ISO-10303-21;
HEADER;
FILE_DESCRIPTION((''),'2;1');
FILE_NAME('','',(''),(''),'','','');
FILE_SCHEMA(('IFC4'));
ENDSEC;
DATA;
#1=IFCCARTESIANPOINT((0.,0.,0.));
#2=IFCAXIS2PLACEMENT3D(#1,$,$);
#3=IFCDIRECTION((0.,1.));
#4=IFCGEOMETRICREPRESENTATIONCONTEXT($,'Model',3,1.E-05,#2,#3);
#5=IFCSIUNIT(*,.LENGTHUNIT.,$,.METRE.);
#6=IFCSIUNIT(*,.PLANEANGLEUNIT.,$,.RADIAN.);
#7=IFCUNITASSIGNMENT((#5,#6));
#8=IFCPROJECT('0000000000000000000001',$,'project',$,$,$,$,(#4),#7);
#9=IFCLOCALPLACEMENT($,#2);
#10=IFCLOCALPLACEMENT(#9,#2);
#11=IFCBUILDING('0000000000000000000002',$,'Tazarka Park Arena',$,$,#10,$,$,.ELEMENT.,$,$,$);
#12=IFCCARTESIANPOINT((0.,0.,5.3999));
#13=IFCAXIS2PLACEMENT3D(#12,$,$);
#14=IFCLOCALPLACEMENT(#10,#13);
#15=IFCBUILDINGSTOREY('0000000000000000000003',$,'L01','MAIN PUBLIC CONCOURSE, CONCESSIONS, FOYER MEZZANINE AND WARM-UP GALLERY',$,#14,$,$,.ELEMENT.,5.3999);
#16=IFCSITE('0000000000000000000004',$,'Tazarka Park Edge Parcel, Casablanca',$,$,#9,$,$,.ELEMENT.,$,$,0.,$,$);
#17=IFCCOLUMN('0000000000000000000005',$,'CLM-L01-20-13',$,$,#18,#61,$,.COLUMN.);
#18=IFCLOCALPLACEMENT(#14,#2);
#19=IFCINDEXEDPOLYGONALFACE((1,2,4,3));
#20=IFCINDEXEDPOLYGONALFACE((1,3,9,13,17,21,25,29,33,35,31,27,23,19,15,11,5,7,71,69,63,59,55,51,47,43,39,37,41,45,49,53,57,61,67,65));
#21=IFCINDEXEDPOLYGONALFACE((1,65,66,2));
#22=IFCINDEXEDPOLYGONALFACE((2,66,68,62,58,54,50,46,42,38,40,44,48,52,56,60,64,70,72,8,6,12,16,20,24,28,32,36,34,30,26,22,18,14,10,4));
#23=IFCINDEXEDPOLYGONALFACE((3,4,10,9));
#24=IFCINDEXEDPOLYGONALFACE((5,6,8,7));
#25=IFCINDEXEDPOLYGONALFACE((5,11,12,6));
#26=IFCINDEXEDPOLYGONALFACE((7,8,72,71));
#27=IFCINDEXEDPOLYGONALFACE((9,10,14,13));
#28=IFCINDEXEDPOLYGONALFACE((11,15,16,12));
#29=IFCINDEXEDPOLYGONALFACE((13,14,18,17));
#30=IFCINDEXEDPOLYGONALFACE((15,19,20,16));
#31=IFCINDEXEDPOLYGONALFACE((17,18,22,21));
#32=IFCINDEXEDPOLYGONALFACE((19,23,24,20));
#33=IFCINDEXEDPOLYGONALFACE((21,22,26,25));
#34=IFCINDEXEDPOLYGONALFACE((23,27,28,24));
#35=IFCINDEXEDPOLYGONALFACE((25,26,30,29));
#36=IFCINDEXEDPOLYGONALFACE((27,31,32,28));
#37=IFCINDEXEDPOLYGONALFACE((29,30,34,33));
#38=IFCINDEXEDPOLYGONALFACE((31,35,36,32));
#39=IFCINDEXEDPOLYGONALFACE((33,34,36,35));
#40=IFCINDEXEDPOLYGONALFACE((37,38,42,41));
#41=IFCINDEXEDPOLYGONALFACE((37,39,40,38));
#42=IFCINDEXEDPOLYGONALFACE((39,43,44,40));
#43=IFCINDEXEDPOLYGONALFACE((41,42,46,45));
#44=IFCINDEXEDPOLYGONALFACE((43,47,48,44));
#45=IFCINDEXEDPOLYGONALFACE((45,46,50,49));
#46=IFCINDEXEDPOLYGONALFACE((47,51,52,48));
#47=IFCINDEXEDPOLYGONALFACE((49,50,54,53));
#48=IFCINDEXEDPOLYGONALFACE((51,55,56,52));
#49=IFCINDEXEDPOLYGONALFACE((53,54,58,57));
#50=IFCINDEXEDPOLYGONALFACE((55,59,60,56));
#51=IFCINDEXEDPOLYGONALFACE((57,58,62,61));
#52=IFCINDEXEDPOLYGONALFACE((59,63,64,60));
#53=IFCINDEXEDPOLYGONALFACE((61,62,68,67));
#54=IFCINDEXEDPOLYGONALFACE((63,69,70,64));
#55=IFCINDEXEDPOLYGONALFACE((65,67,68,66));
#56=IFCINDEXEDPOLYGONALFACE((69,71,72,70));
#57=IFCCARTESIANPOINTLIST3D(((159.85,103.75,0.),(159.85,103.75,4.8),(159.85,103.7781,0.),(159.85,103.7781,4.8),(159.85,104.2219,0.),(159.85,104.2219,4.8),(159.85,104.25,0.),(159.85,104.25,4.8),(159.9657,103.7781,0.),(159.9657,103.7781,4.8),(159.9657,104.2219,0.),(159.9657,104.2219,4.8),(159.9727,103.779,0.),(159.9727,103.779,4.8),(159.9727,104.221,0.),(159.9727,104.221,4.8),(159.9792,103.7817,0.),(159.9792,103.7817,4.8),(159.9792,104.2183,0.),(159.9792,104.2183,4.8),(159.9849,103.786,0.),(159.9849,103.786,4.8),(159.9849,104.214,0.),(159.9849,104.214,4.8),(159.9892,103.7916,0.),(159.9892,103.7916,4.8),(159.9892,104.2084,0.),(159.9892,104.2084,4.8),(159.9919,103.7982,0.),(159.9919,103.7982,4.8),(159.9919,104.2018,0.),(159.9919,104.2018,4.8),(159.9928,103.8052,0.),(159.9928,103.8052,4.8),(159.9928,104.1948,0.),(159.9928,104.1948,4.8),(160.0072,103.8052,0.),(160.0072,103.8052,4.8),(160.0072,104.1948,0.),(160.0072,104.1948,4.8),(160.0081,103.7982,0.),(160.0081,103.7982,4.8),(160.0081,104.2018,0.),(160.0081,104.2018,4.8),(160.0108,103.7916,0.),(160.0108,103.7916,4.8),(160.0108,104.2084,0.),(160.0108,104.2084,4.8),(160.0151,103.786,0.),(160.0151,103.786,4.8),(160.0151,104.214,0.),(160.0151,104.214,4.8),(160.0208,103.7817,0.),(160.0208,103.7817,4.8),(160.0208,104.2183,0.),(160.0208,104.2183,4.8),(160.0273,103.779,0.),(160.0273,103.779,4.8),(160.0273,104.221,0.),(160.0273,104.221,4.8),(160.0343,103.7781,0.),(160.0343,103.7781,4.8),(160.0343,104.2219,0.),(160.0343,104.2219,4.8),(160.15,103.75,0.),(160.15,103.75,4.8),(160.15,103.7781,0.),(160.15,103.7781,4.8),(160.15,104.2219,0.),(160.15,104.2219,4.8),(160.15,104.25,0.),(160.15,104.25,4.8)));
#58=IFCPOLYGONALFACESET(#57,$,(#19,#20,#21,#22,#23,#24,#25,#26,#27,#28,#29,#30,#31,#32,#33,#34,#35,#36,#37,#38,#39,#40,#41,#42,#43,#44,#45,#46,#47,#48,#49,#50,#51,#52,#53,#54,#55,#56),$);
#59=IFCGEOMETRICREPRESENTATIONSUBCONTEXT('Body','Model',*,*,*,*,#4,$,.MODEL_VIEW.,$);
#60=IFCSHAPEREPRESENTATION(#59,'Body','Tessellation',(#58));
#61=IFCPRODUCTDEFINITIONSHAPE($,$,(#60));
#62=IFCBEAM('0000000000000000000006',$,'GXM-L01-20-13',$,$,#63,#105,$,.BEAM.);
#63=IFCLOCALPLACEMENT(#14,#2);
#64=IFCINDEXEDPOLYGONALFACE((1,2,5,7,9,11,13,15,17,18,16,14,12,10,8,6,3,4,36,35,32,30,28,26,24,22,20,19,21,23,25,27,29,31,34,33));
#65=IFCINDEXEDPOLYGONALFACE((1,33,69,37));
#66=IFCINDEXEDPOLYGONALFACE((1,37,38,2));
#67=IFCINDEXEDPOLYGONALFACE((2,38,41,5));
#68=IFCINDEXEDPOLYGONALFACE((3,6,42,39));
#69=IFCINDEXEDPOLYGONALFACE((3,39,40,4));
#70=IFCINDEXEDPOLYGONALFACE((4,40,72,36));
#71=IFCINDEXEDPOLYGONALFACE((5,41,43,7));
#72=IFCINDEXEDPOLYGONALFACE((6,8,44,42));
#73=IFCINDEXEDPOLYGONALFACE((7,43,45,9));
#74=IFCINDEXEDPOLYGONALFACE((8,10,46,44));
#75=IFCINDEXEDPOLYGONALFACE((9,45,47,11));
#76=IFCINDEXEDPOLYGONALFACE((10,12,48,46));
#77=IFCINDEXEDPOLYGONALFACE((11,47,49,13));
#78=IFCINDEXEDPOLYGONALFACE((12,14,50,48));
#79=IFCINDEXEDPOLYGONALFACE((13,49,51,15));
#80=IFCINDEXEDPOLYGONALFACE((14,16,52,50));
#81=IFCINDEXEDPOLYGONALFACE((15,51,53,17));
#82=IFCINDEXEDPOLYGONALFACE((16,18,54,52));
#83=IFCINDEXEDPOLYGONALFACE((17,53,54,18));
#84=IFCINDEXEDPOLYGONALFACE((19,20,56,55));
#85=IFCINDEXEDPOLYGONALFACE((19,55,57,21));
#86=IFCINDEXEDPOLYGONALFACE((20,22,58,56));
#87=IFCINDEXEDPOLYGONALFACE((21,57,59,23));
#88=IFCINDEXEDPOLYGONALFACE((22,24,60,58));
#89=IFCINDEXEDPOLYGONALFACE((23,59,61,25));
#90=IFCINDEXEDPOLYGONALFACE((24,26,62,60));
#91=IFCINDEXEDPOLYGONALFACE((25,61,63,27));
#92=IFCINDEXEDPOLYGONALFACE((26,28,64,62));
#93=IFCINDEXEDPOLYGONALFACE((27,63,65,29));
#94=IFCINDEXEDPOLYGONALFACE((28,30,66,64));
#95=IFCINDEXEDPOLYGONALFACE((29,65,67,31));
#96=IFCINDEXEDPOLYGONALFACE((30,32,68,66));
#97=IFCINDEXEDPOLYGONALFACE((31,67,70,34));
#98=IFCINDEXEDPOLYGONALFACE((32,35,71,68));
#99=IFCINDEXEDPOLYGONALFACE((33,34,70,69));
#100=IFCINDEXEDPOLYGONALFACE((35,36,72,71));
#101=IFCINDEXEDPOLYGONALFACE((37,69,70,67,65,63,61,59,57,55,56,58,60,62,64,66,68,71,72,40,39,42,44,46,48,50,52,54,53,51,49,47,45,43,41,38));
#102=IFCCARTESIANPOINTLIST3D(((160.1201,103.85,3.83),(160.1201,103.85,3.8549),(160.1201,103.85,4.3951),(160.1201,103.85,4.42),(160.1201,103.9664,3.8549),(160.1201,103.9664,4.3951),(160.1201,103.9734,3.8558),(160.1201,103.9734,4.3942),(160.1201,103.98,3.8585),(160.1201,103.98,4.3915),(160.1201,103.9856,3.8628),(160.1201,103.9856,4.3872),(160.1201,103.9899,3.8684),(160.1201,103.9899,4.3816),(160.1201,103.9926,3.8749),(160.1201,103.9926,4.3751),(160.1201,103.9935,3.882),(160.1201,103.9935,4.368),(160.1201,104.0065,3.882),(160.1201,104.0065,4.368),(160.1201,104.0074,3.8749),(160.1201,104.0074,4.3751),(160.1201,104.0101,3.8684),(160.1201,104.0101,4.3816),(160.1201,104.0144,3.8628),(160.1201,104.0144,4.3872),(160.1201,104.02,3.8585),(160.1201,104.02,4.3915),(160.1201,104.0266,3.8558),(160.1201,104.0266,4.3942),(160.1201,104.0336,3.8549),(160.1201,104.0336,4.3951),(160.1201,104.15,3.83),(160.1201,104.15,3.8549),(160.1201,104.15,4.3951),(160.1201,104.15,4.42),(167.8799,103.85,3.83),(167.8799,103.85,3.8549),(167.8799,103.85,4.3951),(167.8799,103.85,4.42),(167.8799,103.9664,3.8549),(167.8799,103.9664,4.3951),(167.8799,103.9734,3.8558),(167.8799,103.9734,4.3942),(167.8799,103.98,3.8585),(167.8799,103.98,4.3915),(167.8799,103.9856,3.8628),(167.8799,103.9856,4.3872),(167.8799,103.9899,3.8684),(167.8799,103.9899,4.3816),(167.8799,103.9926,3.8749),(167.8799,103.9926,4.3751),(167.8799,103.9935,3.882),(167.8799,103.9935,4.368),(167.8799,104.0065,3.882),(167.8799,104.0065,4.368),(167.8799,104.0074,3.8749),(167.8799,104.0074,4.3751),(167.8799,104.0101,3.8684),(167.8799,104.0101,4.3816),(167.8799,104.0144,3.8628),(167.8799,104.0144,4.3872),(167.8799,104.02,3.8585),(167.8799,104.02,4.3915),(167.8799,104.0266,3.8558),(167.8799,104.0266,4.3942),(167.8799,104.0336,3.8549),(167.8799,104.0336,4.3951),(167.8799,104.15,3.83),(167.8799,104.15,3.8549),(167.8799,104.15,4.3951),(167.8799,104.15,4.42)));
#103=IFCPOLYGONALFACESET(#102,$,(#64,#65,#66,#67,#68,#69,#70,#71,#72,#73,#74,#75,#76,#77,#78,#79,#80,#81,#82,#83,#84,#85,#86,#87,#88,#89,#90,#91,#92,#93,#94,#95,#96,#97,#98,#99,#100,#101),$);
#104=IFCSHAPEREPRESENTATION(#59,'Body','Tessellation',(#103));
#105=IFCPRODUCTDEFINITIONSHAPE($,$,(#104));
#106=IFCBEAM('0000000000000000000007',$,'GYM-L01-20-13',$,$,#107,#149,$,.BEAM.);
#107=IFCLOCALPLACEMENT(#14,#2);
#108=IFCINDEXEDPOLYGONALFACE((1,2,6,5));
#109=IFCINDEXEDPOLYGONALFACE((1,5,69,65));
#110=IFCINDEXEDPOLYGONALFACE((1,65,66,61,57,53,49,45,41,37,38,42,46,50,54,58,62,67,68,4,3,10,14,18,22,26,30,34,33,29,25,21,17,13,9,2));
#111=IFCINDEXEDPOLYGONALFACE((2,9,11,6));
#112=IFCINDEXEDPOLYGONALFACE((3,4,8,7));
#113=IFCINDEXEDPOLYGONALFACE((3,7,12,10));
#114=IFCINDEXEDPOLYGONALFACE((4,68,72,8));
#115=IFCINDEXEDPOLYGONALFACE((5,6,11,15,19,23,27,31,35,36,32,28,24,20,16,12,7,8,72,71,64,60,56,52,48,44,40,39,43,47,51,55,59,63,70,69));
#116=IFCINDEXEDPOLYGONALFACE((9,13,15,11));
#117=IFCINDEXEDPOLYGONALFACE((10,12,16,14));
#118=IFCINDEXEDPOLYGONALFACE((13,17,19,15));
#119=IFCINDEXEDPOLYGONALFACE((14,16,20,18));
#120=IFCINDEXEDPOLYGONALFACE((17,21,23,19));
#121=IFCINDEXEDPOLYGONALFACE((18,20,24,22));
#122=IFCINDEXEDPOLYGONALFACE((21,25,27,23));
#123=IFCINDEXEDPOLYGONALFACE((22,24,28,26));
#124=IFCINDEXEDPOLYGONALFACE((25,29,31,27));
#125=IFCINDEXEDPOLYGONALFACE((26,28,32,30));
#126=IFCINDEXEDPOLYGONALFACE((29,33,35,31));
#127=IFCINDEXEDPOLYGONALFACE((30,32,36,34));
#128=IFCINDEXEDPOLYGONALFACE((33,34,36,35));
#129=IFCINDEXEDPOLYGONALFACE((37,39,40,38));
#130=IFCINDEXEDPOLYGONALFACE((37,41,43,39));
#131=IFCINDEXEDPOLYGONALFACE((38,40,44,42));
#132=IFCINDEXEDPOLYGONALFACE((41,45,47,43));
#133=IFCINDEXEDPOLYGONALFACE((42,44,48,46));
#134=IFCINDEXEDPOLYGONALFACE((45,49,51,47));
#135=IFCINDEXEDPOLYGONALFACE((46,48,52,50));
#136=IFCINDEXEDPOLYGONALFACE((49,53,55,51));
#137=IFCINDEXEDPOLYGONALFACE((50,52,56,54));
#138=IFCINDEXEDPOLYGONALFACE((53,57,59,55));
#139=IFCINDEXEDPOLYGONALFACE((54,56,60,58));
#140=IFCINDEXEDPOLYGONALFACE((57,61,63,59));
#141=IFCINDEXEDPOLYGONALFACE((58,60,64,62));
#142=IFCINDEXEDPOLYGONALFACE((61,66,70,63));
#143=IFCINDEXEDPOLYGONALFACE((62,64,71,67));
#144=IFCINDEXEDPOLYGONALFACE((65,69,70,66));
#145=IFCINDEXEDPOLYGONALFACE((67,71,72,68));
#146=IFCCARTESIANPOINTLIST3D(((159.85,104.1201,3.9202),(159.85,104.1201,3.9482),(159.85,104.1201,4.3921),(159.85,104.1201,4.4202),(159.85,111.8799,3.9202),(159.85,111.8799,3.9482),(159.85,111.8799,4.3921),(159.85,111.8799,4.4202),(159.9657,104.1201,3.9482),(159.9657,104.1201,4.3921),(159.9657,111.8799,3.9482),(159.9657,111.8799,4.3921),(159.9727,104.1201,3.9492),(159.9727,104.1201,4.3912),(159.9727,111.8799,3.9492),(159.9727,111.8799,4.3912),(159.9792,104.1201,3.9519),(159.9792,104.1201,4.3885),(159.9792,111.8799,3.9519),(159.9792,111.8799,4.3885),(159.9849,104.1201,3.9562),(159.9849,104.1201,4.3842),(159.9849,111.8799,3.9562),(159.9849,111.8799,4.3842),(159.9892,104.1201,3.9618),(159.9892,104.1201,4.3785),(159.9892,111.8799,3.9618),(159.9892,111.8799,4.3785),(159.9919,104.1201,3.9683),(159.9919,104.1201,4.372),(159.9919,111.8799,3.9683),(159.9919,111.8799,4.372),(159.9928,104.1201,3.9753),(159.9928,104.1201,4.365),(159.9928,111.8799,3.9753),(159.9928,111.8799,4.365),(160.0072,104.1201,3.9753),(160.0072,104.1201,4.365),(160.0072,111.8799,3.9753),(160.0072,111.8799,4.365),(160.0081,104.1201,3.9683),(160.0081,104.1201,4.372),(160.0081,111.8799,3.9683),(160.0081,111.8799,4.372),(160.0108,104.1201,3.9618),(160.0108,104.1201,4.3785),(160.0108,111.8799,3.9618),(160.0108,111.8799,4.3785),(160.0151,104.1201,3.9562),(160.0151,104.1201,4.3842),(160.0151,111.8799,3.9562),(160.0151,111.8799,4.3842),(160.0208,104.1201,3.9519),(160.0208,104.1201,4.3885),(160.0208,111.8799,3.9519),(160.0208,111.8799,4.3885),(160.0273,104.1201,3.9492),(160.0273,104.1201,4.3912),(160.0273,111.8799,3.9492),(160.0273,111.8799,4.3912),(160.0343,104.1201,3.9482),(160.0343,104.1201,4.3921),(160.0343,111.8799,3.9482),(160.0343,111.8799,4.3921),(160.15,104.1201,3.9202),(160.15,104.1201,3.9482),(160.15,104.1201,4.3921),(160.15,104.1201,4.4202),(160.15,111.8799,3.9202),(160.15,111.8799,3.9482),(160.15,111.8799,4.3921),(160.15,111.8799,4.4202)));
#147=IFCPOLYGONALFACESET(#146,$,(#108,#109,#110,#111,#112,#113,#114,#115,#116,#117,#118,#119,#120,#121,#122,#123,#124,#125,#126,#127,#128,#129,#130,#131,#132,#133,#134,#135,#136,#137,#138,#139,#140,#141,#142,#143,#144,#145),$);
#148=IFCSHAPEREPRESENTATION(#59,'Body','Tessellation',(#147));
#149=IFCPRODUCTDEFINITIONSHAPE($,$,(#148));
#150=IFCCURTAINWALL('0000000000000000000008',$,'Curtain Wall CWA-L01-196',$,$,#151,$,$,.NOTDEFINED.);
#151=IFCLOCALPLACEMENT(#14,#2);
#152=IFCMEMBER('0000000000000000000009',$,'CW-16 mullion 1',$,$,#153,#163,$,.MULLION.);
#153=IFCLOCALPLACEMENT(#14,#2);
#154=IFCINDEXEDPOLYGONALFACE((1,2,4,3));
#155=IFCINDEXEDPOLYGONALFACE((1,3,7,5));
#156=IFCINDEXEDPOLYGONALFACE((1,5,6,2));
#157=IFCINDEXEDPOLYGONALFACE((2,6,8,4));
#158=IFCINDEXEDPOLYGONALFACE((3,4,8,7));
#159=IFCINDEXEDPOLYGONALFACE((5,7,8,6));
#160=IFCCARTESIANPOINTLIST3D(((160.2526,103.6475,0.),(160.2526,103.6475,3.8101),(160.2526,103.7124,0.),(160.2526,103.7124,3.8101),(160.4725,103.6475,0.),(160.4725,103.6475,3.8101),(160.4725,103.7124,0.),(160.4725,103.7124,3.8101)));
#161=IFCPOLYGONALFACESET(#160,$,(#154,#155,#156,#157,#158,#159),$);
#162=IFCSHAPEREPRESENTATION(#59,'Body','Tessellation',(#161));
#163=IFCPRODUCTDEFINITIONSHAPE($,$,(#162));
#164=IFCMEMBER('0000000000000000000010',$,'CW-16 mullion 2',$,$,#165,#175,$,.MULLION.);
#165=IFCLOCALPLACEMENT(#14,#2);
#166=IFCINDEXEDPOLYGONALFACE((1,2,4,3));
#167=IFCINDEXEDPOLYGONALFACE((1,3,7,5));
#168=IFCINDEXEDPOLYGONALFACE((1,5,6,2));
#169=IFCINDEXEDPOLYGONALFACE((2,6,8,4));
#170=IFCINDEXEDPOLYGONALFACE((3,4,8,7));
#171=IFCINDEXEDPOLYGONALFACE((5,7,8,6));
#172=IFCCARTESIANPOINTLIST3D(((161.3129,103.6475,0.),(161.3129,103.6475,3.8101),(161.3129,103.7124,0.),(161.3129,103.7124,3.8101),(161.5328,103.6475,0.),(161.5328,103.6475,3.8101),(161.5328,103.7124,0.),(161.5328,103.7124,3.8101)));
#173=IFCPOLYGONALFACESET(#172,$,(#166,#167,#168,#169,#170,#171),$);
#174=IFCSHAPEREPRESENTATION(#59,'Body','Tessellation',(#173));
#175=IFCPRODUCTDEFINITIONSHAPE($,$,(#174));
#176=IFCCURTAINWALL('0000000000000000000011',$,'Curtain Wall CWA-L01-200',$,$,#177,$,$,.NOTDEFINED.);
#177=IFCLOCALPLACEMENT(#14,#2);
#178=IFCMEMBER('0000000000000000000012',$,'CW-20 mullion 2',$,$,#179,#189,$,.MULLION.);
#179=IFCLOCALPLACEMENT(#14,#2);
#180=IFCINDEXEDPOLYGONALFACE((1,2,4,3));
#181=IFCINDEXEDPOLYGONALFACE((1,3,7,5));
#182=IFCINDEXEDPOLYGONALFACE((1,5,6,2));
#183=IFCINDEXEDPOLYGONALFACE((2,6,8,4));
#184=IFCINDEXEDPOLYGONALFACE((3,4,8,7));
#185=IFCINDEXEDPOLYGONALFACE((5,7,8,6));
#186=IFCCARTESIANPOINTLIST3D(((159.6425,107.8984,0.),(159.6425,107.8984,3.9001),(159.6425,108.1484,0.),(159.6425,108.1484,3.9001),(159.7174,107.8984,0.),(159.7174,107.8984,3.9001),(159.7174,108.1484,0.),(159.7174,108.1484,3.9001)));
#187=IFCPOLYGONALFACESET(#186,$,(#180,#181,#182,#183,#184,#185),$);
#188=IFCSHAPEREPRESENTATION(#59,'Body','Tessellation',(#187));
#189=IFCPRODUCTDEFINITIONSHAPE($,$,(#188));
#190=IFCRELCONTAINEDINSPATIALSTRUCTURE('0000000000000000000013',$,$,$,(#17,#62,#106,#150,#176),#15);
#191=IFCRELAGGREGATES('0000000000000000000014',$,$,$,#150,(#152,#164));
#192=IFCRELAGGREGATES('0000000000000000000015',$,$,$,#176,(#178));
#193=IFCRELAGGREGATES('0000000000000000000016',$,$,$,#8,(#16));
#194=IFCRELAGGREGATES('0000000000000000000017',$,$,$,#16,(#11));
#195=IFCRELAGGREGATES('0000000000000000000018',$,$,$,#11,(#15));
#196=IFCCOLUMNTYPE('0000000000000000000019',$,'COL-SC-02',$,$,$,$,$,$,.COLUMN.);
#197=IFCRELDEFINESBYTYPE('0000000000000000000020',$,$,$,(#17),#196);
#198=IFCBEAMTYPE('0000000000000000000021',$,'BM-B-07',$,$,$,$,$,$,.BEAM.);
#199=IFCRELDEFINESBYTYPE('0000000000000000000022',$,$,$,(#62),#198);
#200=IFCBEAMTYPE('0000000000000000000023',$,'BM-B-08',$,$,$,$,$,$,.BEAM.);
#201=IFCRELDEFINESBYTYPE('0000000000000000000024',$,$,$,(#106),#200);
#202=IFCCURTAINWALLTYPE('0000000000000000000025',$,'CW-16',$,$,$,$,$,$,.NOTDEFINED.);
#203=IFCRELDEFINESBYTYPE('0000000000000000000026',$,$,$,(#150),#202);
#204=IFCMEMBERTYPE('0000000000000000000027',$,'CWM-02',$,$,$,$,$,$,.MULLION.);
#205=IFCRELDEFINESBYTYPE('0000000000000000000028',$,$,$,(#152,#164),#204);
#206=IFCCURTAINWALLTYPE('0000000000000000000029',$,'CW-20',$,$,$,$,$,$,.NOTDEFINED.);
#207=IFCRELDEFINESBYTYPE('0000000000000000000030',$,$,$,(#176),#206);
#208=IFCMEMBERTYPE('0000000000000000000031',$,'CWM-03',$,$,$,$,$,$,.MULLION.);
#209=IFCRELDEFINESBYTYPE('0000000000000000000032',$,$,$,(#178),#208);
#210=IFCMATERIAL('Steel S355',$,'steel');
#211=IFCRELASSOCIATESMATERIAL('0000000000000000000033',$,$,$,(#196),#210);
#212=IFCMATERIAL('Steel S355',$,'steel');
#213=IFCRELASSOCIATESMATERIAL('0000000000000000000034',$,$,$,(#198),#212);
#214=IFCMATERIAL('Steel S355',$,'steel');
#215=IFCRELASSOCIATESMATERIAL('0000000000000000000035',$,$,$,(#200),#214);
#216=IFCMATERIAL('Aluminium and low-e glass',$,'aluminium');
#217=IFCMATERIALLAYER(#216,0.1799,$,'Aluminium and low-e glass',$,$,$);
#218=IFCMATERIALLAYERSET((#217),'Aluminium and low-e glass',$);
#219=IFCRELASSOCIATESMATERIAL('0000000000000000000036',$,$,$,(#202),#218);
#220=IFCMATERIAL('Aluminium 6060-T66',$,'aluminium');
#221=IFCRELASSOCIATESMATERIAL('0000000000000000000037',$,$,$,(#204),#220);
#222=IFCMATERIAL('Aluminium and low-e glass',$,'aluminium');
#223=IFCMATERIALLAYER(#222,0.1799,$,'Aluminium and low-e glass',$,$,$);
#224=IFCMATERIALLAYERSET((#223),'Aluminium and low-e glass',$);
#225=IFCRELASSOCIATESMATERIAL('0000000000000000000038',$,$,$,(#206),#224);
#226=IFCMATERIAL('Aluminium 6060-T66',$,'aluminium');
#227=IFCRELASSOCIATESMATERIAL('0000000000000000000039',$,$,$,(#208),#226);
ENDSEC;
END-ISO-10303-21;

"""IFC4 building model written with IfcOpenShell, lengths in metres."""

from ifc_helpers import new_model, si_unit, direction, frame, origin, origin_2d, place, context, subcontext, project, spatial, rectangle, i_section, extrude, material, layer, layer_set, material_profile, profile_set, type_object, element, aggregate, save


model = new_model("IFC4")

# Units and contexts
model_context = context("Model", 3, precision=1e-05, world=origin(), true_north=direction((0.0, 1.0)))
body_context = subcontext(model_context, "Body", "Model", "MODEL_VIEW")
ifc_project = project(units=[si_unit("LENGTHUNIT", "METRE"), si_unit("PLANEANGLEUNIT", "RADIAN")], contexts=[model_context])

# Site, building, storey
site_placement = place(None, origin())
site = spatial("IfcSite", under=ifc_project, at=site_placement, Name="Tazarka Park Edge Parcel, Casablanca", CompositionType="ELEMENT", RefElevation=0.0)
building_placement = place(site_placement, origin())
building = spatial("IfcBuilding", under=site, at=building_placement, Name="Tazarka Park Arena", CompositionType="ELEMENT")
storey_placement = place(building_placement, frame((0.0, 0.0, 5.3999)))
storey = spatial("IfcBuildingStorey", under=building, at=storey_placement, Name="L01", Description="MAIN PUBLIC CONCOURSE, CONCESSIONS, FOYER MEZZANINE AND WARM-UP GALLERY", CompositionType="ELEMENT", Elevation=5.3999)

# Column
ifc_material_1 = material(Name="Steel S355", Category="steel")
ifc_material_profile_1 = material_profile(ifc_material_1, i_section(OverallWidth=0.3, OverallDepth=0.5, WebThickness=0.0144, FlangeThickness=0.0281, FilletRadius=0.0271, at=origin_2d()), Name="Steel S355")
ifc_profile_set_1 = profile_set([ifc_material_profile_1], Name="Steel S355")
column_type = type_object("IfcColumnType", Name="COL-SC-02", PredefinedType="COLUMN", material=ifc_profile_set_1)
column_placement = place(storey_placement, frame((160.0, 104.0, 0.0), z_axis=(0.0, 0.0, 1.0), x_axis=(1.0, 0.0, 0.0)))
element("IfcColumn", 1, at=column_placement, inside=storey, type_object=column_type, Name="CLM-L01-20-13", PredefinedType="COLUMN", context=body_context, shape_type="SweptSolid", body=[
    extrude(i_section(OverallWidth=0.3, OverallDepth=0.5, WebThickness=0.0144, FlangeThickness=0.0281, FilletRadius=0.0271, at=origin_2d()), origin(), (0.0, 0.0, 1.0), 4.8),
])

# Beams
ifc_material_2 = material(Name="Steel S355", Category="steel")
ifc_material_profile_2 = material_profile(ifc_material_2, i_section(OverallWidth=0.3, OverallDepth=0.5901, WebThickness=0.0129, FlangeThickness=0.0249, FilletRadius=0.0271, at=origin_2d()), Name="Steel S355")
ifc_profile_set_2 = profile_set([ifc_material_profile_2], Name="Steel S355")
beam_type_1 = type_object("IfcBeamType", Name="BM-B-07", PredefinedType="BEAM", material=ifc_profile_set_2)
beam_1_placement = place(storey_placement, frame((160.1201, 104.0, 4.125), z_axis=(1.0, 0.0, 0.0), x_axis=(0.0, 1.0, 0.0)))
element("IfcBeam", 2, at=beam_1_placement, inside=storey, type_object=beam_type_1, Name="GXM-L01-20-13", PredefinedType="BEAM", context=body_context, shape_type="SweptSolid", body=[
    extrude(i_section(OverallWidth=0.3, OverallDepth=0.5901, WebThickness=0.0129, FlangeThickness=0.0249, FilletRadius=0.0271, at=origin_2d()), origin(), (0.0, 0.0, 1.0), 7.7598),
])
ifc_material_3 = material(Name="Steel S355", Category="steel")
ifc_material_profile_3 = material_profile(ifc_material_3, i_section(OverallWidth=0.3, OverallDepth=0.5, WebThickness=0.0144, FlangeThickness=0.0281, FilletRadius=0.0271, at=origin_2d()), Name="Steel S355")
ifc_profile_set_3 = profile_set([ifc_material_profile_3], Name="Steel S355")
beam_type_2 = type_object("IfcBeamType", Name="BM-B-08", PredefinedType="BEAM", material=ifc_profile_set_3)
beam_2_placement = place(storey_placement, frame((160.0, 104.1201, 4.1702), z_axis=(0.0, 1.0, 0.0), x_axis=(-1.0, 0.0, 0.0)))
element("IfcBeam", 3, at=beam_2_placement, inside=storey, type_object=beam_type_2, Name="GYM-L01-20-13", PredefinedType="BEAM", context=body_context, shape_type="SweptSolid", body=[
    extrude(i_section(OverallWidth=0.3, OverallDepth=0.5, WebThickness=0.0144, FlangeThickness=0.0281, FilletRadius=0.0271, at=origin_2d()), origin(), (0.0, 0.0, 1.0), 7.7598),
])

# Curtain wall, members
ifc_material_4 = material(Name="Aluminium and low-e glass", Category="aluminium")
ifc_layer_1 = layer(ifc_material_4, 0.1799, Name="Aluminium and low-e glass")
ifc_layer_set_1 = layer_set([ifc_layer_1], Name="Aluminium and low-e glass")
curtain_wall_type_1 = type_object("IfcCurtainWallType", Name="CW-16", PredefinedType="NOTDEFINED", material=ifc_layer_set_1)
curtain_wall_1_placement = place(storey_placement, origin())
curtain_wall_1 = element("IfcCurtainWall", 4, at=curtain_wall_1_placement, inside=storey, type_object=curtain_wall_type_1, Name="Curtain Wall CWA-L01-196", PredefinedType="NOTDEFINED")
ifc_material_5 = material(Name="Aluminium 6060-T66", Category="aluminium")
ifc_material_profile_4 = material_profile(ifc_material_5, rectangle(XDim=0.0649, YDim=0.22, at=origin_2d()), Name="Aluminium 6060-T66")
ifc_profile_set_4 = profile_set([ifc_material_profile_4], Name="Aluminium 6060-T66")
member_type_1 = type_object("IfcMemberType", Name="CWM-02", PredefinedType="MULLION", material=ifc_profile_set_4)
member_1_placement = place(storey_placement, frame((160.3625, 103.6799, 0.0), z_axis=(0.0, 0.0, 1.0), x_axis=(0.0, 1.0, 0.0)))
member_1 = element("IfcMember", 5, at=member_1_placement, type_object=member_type_1, Name="CW-16 mullion 1", PredefinedType="MULLION", context=body_context, shape_type="SweptSolid", body=[
    extrude(rectangle(XDim=0.0649, YDim=0.22, at=origin_2d()), origin(), (0.0, 0.0, 1.0), 3.8101),
])
member_2_placement = place(storey_placement, frame((161.4229, 103.6799, 0.0), z_axis=(0.0, 0.0, 1.0), x_axis=(0.0, 1.0, 0.0)))
member_2 = element("IfcMember", 6, at=member_2_placement, type_object=member_type_1, Name="CW-16 mullion 2", PredefinedType="MULLION", context=body_context, shape_type="SweptSolid", body=[
    extrude(rectangle(XDim=0.0649, YDim=0.22, at=origin_2d()), origin(), (0.0, 0.0, 1.0), 3.8101),
])

# Curtain wall, member
ifc_material_6 = material(Name="Aluminium and low-e glass", Category="aluminium")
ifc_layer_2 = layer(ifc_material_6, 0.1799, Name="Aluminium and low-e glass")
ifc_layer_set_2 = layer_set([ifc_layer_2], Name="Aluminium and low-e glass")
curtain_wall_type_2 = type_object("IfcCurtainWallType", Name="CW-20", PredefinedType="NOTDEFINED", material=ifc_layer_set_2)
curtain_wall_2_placement = place(storey_placement, origin())
curtain_wall_2 = element("IfcCurtainWall", 7, at=curtain_wall_2_placement, inside=storey, type_object=curtain_wall_type_2, Name="Curtain Wall CWA-L01-200", PredefinedType="NOTDEFINED")
ifc_material_7 = material(Name="Aluminium 6060-T66", Category="aluminium")
ifc_material_profile_5 = material_profile(ifc_material_7, rectangle(XDim=0.075, YDim=0.25, at=origin_2d()), Name="Aluminium 6060-T66")
ifc_profile_set_5 = profile_set([ifc_material_profile_5], Name="Aluminium 6060-T66")
member_type_2 = type_object("IfcMemberType", Name="CWM-03", PredefinedType="MULLION", material=ifc_profile_set_5)
member_3_placement = place(storey_placement, frame((159.6799, 108.0234, 0.0), z_axis=(0.0, 0.0, 1.0), x_axis=(1.0, 0.0, 0.0)))
member_3 = element("IfcMember", 8, at=member_3_placement, type_object=member_type_2, Name="CW-20 mullion 2", PredefinedType="MULLION", context=body_context, shape_type="SweptSolid", body=[
    extrude(rectangle(XDim=0.075, YDim=0.25, at=origin_2d()), origin(), (0.0, 0.0, 1.0), 3.9001),
])

aggregate(curtain_wall_1, [member_1, member_2])
aggregate(curtain_wall_2, [member_3])

save(model, "model.ifc")
